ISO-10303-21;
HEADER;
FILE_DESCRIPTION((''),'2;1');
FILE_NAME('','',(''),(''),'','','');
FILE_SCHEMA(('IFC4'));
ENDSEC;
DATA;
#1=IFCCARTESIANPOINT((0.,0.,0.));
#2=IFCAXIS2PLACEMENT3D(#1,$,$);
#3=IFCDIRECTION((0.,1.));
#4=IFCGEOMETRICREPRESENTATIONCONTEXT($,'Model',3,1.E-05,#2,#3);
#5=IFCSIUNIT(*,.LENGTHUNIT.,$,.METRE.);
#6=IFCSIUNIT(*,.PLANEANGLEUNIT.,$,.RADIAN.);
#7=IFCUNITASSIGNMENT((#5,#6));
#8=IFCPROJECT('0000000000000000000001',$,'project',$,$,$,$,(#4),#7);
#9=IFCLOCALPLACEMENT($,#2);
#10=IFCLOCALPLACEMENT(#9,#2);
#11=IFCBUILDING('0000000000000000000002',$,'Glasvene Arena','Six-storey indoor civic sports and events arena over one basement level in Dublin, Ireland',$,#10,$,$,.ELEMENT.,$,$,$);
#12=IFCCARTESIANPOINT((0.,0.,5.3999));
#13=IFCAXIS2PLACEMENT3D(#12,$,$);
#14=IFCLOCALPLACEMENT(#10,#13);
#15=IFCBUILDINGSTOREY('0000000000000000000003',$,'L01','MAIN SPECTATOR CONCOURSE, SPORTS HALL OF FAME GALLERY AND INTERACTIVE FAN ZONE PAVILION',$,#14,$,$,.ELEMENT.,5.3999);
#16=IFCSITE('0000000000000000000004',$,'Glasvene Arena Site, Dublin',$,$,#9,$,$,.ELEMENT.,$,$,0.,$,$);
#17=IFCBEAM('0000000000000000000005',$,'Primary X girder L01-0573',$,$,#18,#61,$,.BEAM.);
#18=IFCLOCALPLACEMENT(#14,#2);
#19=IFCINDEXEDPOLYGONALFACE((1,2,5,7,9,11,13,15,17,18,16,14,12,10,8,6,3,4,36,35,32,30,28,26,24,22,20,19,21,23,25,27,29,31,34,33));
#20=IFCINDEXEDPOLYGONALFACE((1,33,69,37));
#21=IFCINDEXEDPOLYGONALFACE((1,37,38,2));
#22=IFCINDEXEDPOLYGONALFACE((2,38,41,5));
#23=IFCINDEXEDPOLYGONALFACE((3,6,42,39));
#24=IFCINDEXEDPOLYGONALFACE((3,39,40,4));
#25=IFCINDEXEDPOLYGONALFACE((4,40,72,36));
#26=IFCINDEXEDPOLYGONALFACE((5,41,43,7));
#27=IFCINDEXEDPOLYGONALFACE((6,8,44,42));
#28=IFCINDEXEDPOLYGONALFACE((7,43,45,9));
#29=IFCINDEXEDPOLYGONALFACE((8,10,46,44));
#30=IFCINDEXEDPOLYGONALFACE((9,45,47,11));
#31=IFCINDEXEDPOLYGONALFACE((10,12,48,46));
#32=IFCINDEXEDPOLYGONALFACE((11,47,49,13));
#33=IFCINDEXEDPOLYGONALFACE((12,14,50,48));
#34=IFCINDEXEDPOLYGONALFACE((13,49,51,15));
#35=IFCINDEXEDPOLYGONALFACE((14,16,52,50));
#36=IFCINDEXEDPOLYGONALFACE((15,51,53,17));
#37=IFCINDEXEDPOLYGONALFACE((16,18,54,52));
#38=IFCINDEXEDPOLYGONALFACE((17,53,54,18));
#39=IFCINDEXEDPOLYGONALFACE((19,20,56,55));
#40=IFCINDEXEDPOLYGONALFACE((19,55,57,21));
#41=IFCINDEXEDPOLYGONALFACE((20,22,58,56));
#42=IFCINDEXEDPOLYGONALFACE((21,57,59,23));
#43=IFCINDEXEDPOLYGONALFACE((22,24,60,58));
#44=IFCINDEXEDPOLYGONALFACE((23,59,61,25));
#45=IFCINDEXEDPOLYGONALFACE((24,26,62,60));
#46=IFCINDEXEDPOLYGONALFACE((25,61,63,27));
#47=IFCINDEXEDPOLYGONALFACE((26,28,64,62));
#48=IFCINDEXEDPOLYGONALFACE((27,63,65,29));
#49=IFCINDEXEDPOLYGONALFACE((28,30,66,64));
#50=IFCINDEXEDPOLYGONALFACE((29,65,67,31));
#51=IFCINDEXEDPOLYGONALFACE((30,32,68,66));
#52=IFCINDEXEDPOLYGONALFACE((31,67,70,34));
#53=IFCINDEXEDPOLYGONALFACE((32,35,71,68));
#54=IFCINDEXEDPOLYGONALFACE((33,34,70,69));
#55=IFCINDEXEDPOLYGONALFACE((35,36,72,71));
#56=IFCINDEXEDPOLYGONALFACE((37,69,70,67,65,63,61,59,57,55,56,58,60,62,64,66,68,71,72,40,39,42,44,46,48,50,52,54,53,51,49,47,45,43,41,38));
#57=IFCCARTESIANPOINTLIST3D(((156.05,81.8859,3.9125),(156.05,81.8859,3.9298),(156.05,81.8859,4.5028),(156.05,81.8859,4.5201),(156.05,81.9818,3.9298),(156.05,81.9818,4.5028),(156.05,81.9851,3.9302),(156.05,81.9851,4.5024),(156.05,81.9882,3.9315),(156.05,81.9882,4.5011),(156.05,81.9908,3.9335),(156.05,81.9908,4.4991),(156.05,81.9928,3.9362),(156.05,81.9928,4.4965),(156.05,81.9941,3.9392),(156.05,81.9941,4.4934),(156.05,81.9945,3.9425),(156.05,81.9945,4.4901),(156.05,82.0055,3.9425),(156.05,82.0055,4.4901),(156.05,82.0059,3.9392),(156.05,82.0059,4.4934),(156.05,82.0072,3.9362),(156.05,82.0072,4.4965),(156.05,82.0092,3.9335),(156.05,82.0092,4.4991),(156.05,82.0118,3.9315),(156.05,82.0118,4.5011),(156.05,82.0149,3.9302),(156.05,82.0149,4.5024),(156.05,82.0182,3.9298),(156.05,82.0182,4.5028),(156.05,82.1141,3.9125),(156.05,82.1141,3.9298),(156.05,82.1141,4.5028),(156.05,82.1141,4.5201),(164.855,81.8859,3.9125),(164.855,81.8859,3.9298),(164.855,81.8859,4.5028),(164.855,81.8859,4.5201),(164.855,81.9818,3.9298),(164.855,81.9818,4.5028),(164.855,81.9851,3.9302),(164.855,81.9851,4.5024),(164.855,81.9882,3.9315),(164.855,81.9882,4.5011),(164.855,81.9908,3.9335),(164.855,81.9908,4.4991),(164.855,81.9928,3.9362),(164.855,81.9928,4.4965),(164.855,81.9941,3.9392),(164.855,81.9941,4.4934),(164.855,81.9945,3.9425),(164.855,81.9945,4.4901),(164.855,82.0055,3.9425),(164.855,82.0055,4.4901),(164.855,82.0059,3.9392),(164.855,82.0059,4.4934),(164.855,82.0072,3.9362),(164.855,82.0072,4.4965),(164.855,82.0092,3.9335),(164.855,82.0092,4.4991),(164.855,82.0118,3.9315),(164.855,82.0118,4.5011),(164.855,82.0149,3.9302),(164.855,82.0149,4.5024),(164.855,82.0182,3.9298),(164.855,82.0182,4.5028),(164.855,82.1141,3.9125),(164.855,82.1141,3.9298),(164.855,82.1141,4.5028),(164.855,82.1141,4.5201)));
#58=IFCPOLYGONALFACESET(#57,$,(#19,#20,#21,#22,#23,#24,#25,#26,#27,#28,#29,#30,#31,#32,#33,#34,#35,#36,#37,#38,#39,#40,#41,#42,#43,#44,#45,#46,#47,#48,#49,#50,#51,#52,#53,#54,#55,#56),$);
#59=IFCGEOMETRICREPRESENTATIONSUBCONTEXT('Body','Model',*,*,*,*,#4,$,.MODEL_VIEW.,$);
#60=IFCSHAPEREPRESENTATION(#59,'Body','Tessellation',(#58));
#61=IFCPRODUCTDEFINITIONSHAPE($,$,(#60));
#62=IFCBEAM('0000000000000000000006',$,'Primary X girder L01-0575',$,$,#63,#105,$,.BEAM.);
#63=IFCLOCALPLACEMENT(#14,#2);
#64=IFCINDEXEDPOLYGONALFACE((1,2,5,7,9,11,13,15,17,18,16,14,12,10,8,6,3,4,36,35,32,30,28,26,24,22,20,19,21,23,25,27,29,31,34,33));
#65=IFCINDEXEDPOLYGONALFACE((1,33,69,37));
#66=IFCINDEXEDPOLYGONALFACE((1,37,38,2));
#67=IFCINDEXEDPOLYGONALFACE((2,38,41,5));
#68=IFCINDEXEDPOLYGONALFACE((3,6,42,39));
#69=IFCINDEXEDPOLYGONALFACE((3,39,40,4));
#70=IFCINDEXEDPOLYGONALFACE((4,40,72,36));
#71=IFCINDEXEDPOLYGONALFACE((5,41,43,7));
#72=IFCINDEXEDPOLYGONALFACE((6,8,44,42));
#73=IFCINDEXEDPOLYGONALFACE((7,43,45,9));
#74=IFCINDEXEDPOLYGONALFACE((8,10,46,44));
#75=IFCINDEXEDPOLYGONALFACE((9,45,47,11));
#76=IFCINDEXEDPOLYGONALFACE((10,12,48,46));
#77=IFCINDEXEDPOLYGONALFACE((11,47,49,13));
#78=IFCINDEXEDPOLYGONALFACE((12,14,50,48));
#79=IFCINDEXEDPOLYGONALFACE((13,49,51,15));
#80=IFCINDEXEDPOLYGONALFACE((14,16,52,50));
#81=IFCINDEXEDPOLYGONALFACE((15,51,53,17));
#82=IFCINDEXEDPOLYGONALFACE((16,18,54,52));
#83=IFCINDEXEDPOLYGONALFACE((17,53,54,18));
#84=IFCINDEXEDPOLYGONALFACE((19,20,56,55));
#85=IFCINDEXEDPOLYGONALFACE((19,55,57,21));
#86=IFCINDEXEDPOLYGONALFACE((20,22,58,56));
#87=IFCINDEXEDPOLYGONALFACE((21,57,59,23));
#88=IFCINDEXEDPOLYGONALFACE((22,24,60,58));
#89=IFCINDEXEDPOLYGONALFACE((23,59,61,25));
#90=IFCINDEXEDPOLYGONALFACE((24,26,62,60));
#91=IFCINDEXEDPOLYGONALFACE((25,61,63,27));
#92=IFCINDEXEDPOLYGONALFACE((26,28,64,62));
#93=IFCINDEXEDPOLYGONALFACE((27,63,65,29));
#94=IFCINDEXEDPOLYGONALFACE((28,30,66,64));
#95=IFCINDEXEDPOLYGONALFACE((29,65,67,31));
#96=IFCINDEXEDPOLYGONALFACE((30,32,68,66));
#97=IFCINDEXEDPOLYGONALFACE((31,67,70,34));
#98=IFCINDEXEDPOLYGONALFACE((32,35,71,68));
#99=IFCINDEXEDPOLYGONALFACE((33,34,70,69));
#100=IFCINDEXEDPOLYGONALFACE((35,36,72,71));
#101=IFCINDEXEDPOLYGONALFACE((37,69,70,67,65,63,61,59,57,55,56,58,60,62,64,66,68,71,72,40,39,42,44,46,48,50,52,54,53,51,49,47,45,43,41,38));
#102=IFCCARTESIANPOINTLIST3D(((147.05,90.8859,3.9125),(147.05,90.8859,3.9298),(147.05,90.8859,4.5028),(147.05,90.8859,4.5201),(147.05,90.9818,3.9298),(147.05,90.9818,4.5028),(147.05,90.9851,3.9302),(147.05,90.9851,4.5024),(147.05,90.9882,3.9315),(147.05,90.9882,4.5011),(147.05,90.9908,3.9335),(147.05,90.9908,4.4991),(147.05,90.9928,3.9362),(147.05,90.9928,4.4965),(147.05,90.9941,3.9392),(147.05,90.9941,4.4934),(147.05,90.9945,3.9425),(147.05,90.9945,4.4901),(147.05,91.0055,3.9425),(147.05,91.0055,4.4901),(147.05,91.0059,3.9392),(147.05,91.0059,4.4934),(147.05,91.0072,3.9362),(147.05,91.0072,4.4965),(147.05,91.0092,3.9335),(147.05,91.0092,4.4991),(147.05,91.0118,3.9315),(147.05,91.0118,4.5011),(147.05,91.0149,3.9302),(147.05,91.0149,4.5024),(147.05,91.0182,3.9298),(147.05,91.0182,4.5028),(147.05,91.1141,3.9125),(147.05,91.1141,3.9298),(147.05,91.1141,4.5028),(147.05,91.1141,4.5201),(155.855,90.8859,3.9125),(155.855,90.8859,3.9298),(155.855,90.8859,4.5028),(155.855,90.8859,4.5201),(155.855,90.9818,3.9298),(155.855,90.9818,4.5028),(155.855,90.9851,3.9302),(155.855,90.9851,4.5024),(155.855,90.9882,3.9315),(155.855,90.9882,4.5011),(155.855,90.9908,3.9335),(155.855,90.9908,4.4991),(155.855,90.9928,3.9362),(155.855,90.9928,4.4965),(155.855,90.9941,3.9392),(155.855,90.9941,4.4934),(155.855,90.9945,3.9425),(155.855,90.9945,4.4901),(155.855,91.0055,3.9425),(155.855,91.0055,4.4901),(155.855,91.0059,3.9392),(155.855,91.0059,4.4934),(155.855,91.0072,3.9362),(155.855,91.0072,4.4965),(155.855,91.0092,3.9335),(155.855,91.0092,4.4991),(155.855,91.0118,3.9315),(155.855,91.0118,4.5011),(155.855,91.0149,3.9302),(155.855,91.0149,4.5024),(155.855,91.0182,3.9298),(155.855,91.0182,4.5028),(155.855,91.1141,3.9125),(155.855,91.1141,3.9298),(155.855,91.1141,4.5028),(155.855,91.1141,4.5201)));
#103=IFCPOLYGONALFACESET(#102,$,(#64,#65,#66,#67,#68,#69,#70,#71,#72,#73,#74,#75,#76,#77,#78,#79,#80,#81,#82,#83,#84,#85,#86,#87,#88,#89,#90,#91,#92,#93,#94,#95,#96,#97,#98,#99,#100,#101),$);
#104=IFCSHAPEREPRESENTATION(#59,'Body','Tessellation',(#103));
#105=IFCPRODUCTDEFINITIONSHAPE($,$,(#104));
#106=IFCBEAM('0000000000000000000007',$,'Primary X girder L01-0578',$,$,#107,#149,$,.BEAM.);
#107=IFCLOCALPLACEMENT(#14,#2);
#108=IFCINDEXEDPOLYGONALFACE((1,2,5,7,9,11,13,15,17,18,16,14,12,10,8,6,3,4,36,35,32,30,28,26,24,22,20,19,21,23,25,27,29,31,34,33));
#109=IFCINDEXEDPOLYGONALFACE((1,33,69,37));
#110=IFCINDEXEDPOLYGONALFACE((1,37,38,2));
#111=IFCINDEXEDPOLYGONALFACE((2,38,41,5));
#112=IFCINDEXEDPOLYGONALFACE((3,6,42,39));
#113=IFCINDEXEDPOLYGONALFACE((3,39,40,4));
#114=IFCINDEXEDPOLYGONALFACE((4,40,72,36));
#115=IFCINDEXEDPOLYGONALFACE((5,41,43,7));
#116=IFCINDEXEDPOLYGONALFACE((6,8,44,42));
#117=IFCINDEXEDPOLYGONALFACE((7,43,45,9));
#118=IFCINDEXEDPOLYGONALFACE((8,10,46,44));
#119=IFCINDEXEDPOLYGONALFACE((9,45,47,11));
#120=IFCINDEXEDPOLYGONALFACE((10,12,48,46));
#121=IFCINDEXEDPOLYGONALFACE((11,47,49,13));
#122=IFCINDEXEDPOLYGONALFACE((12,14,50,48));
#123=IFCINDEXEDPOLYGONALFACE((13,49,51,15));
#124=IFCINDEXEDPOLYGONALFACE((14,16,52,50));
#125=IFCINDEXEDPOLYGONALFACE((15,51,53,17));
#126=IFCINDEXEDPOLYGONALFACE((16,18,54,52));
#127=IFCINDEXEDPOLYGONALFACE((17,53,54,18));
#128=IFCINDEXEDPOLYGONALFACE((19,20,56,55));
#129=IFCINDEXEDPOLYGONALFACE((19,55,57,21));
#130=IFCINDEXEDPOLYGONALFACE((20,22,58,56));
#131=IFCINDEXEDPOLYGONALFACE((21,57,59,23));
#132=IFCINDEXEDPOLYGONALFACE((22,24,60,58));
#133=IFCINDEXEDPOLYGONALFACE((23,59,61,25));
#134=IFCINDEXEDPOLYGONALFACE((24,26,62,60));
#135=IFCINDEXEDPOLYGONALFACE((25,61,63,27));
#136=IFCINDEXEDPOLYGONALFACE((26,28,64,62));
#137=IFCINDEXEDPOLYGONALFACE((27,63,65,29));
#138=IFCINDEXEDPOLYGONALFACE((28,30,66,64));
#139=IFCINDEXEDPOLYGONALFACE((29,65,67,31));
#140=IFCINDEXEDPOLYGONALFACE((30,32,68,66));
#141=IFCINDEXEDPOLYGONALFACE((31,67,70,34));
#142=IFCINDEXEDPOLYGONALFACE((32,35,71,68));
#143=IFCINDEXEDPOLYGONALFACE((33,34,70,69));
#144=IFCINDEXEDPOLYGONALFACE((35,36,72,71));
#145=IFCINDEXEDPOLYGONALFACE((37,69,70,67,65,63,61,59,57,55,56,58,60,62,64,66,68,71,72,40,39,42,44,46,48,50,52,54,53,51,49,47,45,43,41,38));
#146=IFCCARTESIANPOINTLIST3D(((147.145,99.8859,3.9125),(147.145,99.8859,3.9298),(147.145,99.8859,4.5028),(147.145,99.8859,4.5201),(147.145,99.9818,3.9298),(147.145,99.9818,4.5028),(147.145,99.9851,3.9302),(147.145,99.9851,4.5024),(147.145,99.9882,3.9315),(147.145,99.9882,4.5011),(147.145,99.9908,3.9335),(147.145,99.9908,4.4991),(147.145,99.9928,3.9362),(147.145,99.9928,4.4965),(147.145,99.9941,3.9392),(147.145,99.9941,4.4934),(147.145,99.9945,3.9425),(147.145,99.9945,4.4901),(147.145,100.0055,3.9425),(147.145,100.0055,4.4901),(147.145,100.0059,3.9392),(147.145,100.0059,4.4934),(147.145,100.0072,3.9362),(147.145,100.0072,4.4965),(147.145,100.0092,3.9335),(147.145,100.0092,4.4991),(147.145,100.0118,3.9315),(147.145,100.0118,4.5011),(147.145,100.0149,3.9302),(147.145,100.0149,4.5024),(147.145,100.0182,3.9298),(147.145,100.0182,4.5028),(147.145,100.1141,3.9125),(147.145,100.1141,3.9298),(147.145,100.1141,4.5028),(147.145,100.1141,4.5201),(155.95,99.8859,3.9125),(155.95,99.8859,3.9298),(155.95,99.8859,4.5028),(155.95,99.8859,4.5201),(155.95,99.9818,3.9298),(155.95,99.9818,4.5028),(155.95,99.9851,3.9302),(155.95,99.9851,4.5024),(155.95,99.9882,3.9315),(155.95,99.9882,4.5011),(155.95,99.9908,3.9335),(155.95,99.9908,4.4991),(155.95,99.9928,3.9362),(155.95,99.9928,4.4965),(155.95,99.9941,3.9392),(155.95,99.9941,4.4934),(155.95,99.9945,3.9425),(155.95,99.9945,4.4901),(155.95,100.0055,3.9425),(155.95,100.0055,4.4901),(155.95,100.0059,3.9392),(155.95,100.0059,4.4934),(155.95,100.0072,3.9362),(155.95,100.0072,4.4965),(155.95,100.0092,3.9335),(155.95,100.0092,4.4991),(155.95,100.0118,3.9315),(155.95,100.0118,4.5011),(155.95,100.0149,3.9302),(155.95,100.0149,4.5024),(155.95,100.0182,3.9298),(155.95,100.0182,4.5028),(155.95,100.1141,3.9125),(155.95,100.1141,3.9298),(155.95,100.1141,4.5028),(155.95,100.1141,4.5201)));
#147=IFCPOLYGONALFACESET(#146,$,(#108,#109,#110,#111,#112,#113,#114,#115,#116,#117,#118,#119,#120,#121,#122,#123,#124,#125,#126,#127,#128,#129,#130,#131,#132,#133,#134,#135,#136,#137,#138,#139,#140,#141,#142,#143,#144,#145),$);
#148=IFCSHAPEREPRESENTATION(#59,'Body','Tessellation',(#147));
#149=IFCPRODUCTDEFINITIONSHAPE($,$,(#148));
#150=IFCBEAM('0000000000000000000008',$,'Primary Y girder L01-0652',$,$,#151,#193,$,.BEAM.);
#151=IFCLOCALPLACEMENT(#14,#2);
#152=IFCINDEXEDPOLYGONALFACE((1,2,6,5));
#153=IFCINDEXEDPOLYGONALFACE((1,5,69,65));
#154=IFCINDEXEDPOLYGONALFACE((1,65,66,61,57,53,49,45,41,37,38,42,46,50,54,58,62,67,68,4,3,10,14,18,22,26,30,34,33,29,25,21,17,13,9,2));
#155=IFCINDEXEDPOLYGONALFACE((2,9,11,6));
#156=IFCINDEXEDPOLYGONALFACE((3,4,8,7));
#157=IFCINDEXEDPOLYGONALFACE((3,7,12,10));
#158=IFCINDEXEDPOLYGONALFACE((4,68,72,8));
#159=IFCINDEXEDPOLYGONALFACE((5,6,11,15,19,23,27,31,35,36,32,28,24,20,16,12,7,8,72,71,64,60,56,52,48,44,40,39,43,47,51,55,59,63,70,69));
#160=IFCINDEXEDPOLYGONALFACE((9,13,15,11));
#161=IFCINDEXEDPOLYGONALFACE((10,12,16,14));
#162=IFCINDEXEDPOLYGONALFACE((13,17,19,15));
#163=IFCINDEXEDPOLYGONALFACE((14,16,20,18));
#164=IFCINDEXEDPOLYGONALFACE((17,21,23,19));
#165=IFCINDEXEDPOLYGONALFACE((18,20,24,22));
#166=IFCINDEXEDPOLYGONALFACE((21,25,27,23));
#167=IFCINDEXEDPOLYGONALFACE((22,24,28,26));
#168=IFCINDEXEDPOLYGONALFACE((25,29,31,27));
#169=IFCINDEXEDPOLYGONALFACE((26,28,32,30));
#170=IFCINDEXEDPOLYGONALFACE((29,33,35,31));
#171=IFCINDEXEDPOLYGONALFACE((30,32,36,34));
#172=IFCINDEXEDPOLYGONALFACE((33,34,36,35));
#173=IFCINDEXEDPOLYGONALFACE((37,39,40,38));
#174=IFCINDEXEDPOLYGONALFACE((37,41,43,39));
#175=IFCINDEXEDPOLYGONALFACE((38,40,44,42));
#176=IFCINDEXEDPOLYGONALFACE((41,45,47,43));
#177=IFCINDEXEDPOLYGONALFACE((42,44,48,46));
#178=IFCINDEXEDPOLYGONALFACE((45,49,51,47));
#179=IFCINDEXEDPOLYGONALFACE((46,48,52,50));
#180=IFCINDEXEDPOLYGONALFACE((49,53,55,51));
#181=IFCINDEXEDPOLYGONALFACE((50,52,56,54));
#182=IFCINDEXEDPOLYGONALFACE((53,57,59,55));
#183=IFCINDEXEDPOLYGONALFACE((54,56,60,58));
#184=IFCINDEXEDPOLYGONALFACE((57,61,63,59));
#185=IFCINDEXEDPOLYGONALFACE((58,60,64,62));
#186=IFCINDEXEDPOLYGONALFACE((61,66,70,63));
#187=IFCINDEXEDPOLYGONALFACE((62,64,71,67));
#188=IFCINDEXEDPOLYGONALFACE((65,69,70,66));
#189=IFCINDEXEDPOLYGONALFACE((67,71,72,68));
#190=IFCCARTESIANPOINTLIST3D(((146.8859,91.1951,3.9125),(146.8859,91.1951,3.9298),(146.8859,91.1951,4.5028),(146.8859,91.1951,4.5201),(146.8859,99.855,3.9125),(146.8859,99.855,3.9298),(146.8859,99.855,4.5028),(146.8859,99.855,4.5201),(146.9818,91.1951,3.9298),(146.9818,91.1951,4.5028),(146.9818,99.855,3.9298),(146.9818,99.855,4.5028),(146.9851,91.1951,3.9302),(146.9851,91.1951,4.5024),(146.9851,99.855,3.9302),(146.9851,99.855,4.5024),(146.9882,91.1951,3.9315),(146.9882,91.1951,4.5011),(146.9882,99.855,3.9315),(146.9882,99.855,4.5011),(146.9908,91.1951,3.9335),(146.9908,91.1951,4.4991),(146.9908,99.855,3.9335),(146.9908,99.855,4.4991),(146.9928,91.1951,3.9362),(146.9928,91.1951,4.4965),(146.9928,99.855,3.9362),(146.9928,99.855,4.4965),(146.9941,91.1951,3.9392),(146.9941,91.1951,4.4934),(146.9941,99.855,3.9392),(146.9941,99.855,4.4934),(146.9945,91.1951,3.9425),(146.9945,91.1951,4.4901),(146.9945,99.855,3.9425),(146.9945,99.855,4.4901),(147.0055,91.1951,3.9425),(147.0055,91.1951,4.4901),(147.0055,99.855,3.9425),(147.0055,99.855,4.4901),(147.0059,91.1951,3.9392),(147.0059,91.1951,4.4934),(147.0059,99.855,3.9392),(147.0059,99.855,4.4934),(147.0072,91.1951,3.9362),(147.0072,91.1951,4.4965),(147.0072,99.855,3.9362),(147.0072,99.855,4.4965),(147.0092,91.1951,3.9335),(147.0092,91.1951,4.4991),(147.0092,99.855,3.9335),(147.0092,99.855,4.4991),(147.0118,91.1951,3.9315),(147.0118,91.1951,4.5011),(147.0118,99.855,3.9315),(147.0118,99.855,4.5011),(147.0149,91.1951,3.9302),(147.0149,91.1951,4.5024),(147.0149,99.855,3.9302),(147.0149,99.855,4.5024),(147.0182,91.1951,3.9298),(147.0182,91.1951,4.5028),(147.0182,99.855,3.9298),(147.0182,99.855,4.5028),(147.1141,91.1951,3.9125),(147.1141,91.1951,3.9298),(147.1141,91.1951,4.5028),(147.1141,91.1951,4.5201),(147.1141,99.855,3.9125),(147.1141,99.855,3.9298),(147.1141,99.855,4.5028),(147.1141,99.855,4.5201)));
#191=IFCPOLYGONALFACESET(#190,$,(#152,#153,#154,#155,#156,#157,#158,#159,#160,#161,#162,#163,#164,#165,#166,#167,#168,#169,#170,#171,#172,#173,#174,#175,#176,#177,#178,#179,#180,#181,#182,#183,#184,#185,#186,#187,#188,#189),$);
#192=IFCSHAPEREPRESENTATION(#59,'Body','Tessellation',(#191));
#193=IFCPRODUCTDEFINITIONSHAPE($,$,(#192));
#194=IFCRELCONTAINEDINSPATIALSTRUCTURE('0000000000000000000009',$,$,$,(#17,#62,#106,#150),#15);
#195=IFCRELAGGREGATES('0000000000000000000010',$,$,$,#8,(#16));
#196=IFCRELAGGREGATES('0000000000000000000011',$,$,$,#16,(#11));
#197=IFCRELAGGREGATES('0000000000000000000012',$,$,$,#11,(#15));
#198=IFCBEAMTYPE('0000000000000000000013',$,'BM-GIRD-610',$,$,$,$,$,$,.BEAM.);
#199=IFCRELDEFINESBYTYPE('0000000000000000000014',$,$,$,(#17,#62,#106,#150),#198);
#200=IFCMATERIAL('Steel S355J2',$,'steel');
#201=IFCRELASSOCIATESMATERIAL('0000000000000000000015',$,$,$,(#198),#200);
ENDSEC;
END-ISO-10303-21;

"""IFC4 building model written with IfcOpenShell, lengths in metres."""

from ifc_helpers import new_model, si_unit, direction, frame, origin, origin_2d, place, context, subcontext, project, spatial, i_section, extrude, material, material_profile, profile_set, type_object, element, save


model = new_model("IFC4")

# Units and contexts
model_context = context("Model", 3, precision=1e-05, world=origin(), true_north=direction((0.0, 1.0)))
body_context = subcontext(model_context, "Body", "Model", "MODEL_VIEW")
ifc_project = project(units=[si_unit("LENGTHUNIT", "METRE"), si_unit("PLANEANGLEUNIT", "RADIAN")], contexts=[model_context])

# Site, building, storey
site_placement = place(None, origin())
site = spatial("IfcSite", under=ifc_project, at=site_placement, Name="Glasvene Arena Site, Dublin", CompositionType="ELEMENT", RefElevation=0.0)
building_placement = place(site_placement, origin())
building = spatial("IfcBuilding", under=site, at=building_placement, Name="Glasvene Arena", Description="Six-storey indoor civic sports and events arena over one basement level in Dublin, Ireland", CompositionType="ELEMENT")
storey_placement = place(building_placement, frame((0.0, 0.0, 5.3999)))
storey = spatial("IfcBuildingStorey", under=building, at=storey_placement, Name="L01", Description="MAIN SPECTATOR CONCOURSE, SPORTS HALL OF FAME GALLERY AND INTERACTIVE FAN ZONE PAVILION", CompositionType="ELEMENT", Elevation=5.3999)

# Shared definitions
ifc_material_1 = material(Name="Steel S355J2", Category="steel")

# Beams
ifc_material_profile_1 = material_profile(ifc_material_1, i_section(OverallWidth=0.2283, OverallDepth=0.6077, WebThickness=0.011, FlangeThickness=0.0173, FilletRadius=0.0127, at=origin_2d()), Name="UKB 610x229x113")
ifc_profile_set_1 = profile_set([ifc_material_profile_1], Name="Steel S355J2")
beam_type_1 = type_object("IfcBeamType", Name="BM-GIRD-610", PredefinedType="BEAM", material=ifc_profile_set_1)
for number, where, z_axis, x_axis, name in (
    (1, (156.05, 82.0, 4.2163), (1.0, 0.0, 0.0), (0.0, 1.0, 0.0), "Primary X girder L01-0573"),
    (2, (147.05, 91.0, 4.2163), (1.0, 0.0, 0.0), (0.0, 1.0, 0.0), "Primary X girder L01-0575"),
    (3, (147.145, 100.0, 4.2163), (1.0, 0.0, 0.0), (0.0, 1.0, 0.0), "Primary X girder L01-0578"),
):
    element("IfcBeam", number, at=place(storey_placement, frame(where, z_axis=z_axis, x_axis=x_axis)), inside=storey, type_object=beam_type_1, Name=name, PredefinedType="BEAM", context=body_context, shape_type="SweptSolid", body=[
        extrude(i_section(OverallWidth=0.2283, OverallDepth=0.6077, WebThickness=0.011, FlangeThickness=0.0173, FilletRadius=0.0127, at=origin_2d()), origin(), (0.0, 0.0, 1.0), 8.8049),
    ])
beam_1_placement = place(storey_placement, frame((147.0, 91.1951, 4.2163), z_axis=(0.0, 1.0, 0.0), x_axis=(-1.0, 0.0, 0.0)))
element("IfcBeam", 4, at=beam_1_placement, inside=storey, type_object=beam_type_1, Name="Primary Y girder L01-0652", PredefinedType="BEAM", context=body_context, shape_type="SweptSolid", body=[
    extrude(i_section(OverallWidth=0.2283, OverallDepth=0.6077, WebThickness=0.011, FlangeThickness=0.0173, FilletRadius=0.0127, at=origin_2d()), origin(), (0.0, 0.0, 1.0), 8.6599),
])

save(model, "model.ifc")
